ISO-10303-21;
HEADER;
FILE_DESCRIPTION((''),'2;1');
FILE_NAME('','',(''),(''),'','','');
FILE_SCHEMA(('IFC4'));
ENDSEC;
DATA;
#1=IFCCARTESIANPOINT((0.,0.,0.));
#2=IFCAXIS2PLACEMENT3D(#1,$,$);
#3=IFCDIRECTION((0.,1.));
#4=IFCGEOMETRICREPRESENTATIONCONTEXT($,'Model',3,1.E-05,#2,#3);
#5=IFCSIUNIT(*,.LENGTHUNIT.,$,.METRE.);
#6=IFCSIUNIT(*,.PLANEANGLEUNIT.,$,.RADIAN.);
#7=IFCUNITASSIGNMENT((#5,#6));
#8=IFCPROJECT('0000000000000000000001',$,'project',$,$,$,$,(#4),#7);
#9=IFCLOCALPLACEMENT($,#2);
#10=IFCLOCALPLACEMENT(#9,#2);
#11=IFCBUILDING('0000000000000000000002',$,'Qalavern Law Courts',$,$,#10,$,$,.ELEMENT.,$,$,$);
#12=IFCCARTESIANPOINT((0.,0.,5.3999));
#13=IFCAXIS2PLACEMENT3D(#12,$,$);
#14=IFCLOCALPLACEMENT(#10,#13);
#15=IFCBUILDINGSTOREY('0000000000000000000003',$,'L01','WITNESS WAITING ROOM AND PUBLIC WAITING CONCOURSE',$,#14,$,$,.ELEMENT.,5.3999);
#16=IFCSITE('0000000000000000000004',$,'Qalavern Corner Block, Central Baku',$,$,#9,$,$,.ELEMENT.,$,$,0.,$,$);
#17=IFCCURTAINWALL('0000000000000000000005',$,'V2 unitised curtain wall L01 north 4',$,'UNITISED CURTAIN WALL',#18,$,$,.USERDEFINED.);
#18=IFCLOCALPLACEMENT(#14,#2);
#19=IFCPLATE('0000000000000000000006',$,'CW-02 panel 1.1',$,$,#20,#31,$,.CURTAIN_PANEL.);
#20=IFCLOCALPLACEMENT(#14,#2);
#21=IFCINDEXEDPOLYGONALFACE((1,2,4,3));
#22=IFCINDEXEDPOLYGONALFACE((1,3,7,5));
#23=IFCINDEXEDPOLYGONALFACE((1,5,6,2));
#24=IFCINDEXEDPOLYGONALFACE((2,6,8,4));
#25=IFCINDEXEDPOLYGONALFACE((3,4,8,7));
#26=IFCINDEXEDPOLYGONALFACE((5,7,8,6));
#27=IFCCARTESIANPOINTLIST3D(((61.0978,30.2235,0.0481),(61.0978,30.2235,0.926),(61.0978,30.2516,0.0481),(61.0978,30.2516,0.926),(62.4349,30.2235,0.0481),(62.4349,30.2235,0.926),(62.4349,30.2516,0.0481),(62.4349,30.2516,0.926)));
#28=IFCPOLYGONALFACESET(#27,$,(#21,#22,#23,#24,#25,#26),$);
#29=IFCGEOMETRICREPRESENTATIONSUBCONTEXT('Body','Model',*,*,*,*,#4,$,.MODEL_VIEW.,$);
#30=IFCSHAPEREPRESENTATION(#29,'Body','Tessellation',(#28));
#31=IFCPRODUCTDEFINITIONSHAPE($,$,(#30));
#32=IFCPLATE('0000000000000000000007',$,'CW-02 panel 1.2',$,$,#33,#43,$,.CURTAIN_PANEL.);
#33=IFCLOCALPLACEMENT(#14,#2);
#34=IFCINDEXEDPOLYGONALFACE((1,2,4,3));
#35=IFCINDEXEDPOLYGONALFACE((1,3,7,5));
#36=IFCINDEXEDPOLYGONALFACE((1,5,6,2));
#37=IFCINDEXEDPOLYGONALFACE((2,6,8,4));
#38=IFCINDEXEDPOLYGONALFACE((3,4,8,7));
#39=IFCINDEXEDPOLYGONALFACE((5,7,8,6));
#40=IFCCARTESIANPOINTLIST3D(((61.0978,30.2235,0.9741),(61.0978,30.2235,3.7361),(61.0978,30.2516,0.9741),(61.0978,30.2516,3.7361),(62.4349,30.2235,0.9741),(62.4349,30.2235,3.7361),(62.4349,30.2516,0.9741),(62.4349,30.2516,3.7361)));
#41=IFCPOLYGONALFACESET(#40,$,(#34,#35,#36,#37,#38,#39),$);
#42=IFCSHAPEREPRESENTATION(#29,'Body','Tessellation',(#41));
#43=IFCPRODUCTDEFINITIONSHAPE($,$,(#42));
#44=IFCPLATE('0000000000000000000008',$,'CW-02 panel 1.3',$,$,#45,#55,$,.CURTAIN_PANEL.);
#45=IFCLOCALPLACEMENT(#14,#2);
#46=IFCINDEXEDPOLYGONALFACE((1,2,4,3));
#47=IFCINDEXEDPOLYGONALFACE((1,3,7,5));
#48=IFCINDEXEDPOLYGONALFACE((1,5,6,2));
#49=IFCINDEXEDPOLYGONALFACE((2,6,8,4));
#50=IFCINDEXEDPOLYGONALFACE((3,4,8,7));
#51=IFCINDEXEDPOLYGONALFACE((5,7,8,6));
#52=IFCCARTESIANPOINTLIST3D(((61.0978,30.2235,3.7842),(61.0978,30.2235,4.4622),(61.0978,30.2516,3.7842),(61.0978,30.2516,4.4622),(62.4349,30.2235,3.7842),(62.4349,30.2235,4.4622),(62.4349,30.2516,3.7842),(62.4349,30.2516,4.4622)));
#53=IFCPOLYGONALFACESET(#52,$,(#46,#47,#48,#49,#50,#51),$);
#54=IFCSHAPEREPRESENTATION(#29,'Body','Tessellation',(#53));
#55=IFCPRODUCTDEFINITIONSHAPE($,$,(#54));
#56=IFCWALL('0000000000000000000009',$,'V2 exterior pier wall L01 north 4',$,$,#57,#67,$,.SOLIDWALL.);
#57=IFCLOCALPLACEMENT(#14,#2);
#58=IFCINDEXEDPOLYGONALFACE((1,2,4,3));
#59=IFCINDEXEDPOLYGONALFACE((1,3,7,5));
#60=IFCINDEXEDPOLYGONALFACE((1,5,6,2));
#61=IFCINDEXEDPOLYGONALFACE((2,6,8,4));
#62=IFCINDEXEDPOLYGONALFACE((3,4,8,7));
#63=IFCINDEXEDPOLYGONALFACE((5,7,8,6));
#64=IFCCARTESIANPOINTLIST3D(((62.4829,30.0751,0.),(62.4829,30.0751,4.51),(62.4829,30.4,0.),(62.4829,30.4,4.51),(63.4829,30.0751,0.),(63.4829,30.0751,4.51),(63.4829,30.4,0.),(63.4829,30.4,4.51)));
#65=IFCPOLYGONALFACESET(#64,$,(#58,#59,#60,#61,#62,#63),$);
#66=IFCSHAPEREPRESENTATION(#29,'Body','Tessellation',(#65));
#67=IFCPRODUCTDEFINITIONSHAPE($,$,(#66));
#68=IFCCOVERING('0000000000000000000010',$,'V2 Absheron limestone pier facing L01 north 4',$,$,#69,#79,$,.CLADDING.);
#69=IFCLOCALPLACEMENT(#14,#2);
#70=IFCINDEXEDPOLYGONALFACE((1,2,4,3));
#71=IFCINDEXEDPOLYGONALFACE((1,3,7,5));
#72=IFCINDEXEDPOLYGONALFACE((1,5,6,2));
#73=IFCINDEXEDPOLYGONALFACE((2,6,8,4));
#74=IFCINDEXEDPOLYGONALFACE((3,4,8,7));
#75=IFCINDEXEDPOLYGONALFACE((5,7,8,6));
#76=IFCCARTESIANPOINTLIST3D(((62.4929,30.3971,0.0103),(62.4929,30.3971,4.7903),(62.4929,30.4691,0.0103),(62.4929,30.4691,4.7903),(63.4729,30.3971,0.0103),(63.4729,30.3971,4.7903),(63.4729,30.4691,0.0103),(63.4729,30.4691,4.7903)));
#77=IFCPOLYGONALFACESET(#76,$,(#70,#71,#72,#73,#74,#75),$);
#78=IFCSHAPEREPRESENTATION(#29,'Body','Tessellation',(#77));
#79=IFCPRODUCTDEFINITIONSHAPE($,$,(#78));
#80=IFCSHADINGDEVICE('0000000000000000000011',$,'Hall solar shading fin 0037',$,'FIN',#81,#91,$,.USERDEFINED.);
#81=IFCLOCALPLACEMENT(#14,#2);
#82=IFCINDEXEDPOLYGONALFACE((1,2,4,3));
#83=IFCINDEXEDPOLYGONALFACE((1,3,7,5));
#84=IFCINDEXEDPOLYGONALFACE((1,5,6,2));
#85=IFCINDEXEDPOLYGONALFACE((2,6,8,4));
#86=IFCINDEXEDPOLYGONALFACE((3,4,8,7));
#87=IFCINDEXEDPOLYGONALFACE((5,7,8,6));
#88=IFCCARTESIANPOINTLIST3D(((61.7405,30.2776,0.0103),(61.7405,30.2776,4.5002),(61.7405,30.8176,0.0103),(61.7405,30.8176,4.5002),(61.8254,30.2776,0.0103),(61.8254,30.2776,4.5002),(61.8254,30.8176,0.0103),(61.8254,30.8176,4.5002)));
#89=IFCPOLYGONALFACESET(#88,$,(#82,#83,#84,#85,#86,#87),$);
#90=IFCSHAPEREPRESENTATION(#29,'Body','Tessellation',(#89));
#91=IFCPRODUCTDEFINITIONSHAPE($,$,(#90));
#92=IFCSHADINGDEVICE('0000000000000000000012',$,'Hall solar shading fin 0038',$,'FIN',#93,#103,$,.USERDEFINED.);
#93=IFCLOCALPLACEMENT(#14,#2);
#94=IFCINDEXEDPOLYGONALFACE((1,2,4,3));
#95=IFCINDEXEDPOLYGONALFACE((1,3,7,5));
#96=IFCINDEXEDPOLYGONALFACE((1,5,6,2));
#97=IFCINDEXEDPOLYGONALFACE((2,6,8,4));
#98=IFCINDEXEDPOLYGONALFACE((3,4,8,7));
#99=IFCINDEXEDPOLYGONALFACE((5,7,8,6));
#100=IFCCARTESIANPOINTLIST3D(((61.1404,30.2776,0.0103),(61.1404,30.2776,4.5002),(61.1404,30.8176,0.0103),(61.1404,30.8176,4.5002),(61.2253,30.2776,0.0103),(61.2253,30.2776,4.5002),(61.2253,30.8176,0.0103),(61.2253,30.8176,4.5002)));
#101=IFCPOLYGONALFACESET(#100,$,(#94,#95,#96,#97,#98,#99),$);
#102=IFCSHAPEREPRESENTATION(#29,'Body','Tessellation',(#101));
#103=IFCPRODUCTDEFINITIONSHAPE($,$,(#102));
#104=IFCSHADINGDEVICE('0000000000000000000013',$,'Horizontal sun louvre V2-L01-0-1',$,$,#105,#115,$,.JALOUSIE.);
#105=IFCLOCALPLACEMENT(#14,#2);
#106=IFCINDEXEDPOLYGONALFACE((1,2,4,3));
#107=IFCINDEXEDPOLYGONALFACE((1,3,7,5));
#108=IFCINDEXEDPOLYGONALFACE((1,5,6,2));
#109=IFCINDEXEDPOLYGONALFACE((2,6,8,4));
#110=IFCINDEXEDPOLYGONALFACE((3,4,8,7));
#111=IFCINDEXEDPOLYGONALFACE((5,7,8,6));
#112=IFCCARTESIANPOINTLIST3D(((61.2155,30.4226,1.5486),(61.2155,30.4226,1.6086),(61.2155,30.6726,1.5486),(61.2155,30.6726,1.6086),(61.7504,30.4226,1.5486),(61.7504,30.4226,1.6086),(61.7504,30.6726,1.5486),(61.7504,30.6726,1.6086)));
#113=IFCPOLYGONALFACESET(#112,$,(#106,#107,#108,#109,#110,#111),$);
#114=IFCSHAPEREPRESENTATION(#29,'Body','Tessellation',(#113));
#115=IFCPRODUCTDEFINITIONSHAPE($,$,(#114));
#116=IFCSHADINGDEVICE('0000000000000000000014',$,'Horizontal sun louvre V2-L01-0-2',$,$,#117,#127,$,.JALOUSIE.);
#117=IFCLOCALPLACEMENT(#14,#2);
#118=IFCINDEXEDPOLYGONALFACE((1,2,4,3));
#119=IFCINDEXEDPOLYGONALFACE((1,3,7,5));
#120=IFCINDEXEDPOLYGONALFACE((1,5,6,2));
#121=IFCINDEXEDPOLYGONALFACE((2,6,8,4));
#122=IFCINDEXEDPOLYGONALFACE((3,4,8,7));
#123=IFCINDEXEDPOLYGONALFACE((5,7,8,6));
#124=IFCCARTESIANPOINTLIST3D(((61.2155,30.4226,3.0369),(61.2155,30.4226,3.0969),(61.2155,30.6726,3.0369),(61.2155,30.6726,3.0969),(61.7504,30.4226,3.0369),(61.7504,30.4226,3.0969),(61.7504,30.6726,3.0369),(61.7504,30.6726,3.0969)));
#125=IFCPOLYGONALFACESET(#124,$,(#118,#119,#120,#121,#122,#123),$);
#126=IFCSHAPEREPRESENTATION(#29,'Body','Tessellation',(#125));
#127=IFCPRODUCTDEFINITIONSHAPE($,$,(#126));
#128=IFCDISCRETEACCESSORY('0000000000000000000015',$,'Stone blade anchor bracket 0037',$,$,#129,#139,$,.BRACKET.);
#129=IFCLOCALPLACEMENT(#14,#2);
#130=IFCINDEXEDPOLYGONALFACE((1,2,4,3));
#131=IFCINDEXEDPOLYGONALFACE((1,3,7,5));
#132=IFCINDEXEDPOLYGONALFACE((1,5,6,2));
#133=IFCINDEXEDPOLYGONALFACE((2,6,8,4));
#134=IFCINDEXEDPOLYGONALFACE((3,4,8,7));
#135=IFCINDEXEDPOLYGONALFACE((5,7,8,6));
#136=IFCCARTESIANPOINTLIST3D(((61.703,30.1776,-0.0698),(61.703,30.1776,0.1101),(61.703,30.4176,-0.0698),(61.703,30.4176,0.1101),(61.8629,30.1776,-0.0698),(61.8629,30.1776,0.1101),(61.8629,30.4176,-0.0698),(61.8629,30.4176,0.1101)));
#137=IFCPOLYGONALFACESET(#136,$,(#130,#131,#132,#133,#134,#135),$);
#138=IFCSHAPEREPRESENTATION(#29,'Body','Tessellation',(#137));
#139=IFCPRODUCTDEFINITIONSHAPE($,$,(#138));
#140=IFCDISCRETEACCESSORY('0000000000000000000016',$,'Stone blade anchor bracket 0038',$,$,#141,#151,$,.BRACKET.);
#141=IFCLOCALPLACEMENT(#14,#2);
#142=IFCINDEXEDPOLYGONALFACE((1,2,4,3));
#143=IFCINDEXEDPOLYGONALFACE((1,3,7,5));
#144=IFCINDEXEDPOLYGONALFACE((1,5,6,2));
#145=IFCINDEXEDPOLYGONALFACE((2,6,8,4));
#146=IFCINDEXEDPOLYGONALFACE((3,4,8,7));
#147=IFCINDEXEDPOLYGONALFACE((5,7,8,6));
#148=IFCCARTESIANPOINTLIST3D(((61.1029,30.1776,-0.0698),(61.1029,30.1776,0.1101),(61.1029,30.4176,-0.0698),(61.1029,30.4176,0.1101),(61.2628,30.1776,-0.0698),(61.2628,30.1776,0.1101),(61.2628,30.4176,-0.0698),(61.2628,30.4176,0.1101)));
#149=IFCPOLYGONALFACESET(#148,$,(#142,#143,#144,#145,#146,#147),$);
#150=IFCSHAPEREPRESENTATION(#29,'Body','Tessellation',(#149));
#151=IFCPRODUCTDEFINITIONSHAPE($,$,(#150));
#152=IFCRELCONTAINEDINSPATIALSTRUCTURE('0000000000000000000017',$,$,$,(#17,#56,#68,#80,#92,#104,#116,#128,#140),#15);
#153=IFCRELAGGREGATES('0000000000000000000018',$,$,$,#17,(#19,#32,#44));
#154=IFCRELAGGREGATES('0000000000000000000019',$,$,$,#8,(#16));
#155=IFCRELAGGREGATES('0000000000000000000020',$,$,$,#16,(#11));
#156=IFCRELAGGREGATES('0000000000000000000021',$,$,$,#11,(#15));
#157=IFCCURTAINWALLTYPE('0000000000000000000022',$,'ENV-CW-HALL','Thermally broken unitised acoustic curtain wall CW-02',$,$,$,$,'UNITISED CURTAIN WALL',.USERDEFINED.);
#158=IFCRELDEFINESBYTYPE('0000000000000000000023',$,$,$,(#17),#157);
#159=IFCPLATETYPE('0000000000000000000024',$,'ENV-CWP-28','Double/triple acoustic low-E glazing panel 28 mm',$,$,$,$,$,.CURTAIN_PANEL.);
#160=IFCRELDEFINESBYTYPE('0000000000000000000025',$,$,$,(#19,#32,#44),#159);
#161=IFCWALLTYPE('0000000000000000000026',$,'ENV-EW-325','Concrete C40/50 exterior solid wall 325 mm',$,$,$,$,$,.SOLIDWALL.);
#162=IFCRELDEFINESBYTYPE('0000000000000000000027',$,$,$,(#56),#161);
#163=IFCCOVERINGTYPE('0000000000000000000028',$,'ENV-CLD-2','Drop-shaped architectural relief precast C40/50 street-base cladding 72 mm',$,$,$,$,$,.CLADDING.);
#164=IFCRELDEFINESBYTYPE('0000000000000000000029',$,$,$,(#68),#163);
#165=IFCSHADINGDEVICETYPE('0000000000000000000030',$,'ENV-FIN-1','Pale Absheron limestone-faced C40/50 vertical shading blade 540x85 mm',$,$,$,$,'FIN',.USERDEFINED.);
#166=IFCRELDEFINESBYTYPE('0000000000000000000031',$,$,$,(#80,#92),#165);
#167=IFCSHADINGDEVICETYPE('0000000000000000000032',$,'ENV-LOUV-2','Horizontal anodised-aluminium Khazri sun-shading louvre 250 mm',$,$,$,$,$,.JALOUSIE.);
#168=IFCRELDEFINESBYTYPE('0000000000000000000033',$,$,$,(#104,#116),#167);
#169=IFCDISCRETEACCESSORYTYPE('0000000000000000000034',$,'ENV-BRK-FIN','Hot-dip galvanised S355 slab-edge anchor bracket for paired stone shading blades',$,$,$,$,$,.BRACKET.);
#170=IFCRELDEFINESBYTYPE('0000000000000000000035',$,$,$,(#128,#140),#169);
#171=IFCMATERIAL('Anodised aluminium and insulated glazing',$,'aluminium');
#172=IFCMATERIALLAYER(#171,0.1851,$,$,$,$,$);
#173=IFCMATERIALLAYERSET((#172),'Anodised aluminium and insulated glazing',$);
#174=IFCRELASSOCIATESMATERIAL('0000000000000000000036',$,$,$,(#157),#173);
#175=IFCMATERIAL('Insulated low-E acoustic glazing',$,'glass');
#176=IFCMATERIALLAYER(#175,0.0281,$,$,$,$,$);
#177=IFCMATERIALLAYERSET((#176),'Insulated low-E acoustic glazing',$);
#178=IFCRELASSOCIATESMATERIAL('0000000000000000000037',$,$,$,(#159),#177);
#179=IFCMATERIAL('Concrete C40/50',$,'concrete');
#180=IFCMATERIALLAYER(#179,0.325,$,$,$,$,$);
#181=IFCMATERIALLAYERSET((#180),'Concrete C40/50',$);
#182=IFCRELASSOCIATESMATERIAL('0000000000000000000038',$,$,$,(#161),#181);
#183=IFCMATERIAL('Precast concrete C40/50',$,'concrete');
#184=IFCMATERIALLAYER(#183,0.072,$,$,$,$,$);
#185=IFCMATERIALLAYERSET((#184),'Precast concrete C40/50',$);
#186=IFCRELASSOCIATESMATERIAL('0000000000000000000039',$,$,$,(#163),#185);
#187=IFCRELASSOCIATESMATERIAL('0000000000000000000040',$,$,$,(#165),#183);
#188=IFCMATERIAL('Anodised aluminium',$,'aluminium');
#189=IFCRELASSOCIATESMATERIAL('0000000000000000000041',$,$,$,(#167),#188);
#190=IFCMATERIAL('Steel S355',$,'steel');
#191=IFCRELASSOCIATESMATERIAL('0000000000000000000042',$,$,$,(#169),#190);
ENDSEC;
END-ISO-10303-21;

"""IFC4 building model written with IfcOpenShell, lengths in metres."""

from ifc_helpers import new_model, si_unit, direction, frame, frame_2d, origin, origin_2d, place, context, subcontext, project, spatial, rectangle, extrude, material, layer, layer_set, type_object, element, aggregate, save


model = new_model("IFC4")

# Units and contexts
model_context = context("Model", 3, precision=1e-05, world=origin(), true_north=direction((0.0, 1.0)))
body_context = subcontext(model_context, "Body", "Model", "MODEL_VIEW")
ifc_project = project(units=[si_unit("LENGTHUNIT", "METRE"), si_unit("PLANEANGLEUNIT", "RADIAN")], contexts=[model_context])

# Site, building, storey
site_placement = place(None, origin())
site = spatial("IfcSite", under=ifc_project, at=site_placement, Name="Qalavern Corner Block, Central Baku", CompositionType="ELEMENT", RefElevation=0.0)
building_placement = place(site_placement, origin())
building = spatial("IfcBuilding", under=site, at=building_placement, Name="Qalavern Law Courts", CompositionType="ELEMENT")
storey_placement = place(building_placement, frame((0.0, 0.0, 5.3999)))
storey = spatial("IfcBuildingStorey", under=building, at=storey_placement, Name="L01", Description="WITNESS WAITING ROOM AND PUBLIC WAITING CONCOURSE", CompositionType="ELEMENT", Elevation=5.3999)

# Shared definitions
ifc_material_1 = material(Name="Anodised aluminium and insulated glazing", Category="aluminium")
ifc_layer_1 = layer(ifc_material_1, 0.1851)
ifc_layer_set_1 = layer_set([ifc_layer_1], Name="Anodised aluminium and insulated glazing")
curtain_wall_type = type_object("IfcCurtainWallType", Name="ENV-CW-HALL", Description="Thermally broken unitised acoustic curtain wall CW-02", ElementType="UNITISED CURTAIN WALL", PredefinedType="USERDEFINED", material=ifc_layer_set_1)
ifc_material_2 = material(Name="Anodised aluminium", Category="aluminium")

# Curtain wall
curtain_wall_1_placement = place(storey_placement, origin())
curtain_wall_1 = element("IfcCurtainWall", 1, at=curtain_wall_1_placement, inside=storey, type_object=curtain_wall_type, Name="V2 unitised curtain wall L01 north 4", ObjectType="UNITISED CURTAIN WALL", PredefinedType="USERDEFINED")

# Plates
ifc_material_3 = material(Name="Insulated low-E acoustic glazing", Category="glass")
ifc_layer_2 = layer(ifc_material_3, 0.0281)
ifc_layer_set_2 = layer_set([ifc_layer_2], Name="Insulated low-E acoustic glazing")
plate_type_1 = type_object("IfcPlateType", Name="ENV-CWP-28", Description="Double/triple acoustic low-E glazing panel 28 mm", PredefinedType="CURTAIN_PANEL", material=ifc_layer_set_2)
plate_1_placement = place(storey_placement, frame((61.7664, 30.2375, 0.0481), z_axis=(0.0, 0.0, 1.0), x_axis=(-1.0, 0.0, 0.0)))
plate_1 = element("IfcPlate", 2, at=plate_1_placement, type_object=plate_type_1, Name="CW-02 panel 1.1", PredefinedType="CURTAIN_PANEL", context=body_context, shape_type="SweptSolid", body=[
    extrude(rectangle(XDim=1.3372, YDim=0.0281, at=origin_2d()), origin(), (0.0, 0.0, 1.0), 0.8779),
])
plate_2_placement = place(storey_placement, frame((61.7664, 30.2375, 0.9741), z_axis=(0.0, 0.0, 1.0), x_axis=(-1.0, 0.0, 0.0)))
plate_2 = element("IfcPlate", 3, at=plate_2_placement, type_object=plate_type_1, Name="CW-02 panel 1.2", PredefinedType="CURTAIN_PANEL", context=body_context, shape_type="SweptSolid", body=[
    extrude(rectangle(XDim=1.3372, YDim=0.0281, at=origin_2d()), origin(), (0.0, 0.0, 1.0), 2.762),
])
plate_3_placement = place(storey_placement, frame((61.7664, 30.2375, 3.7842), z_axis=(0.0, 0.0, 1.0), x_axis=(-1.0, 0.0, 0.0)))
plate_3 = element("IfcPlate", 4, at=plate_3_placement, type_object=plate_type_1, Name="CW-02 panel 1.3", PredefinedType="CURTAIN_PANEL", context=body_context, shape_type="SweptSolid", body=[
    extrude(rectangle(XDim=1.3372, YDim=0.0281, at=origin_2d()), origin(), (0.0, 0.0, 1.0), 0.678),
])
aggregate(curtain_wall_1, [plate_1, plate_2, plate_3])

# Wall
ifc_material_4 = material(Name="Concrete C40/50", Category="concrete")
ifc_layer_3 = layer(ifc_material_4, 0.325)
ifc_layer_set_3 = layer_set([ifc_layer_3], Name="Concrete C40/50")
wall_type = type_object("IfcWallType", Name="ENV-EW-325", Description="Concrete C40/50 exterior solid wall 325 mm", PredefinedType="SOLIDWALL", material=ifc_layer_set_3)
wall_placement = place(storey_placement, frame((63.4829, 30.2375, 0.0), z_axis=(0.0, 0.0, 1.0), x_axis=(-1.0, 0.0, 0.0)))
element("IfcWall", 5, at=wall_placement, inside=storey, type_object=wall_type, Name="V2 exterior pier wall L01 north 4", PredefinedType="SOLIDWALL", context=body_context, shape_type="SweptSolid", body=[
    extrude(rectangle(XDim=1.0, YDim=0.325, at=frame_2d((0.5, 0.0))), origin(), (0.0, 0.0, 1.0), 4.51),
])

# Covering
ifc_material_5 = material(Name="Precast concrete C40/50", Category="concrete")
ifc_layer_4 = layer(ifc_material_5, 0.072)
ifc_layer_set_4 = layer_set([ifc_layer_4], Name="Precast concrete C40/50")
covering_type = type_object("IfcCoveringType", Name="ENV-CLD-2", Description="Drop-shaped architectural relief precast C40/50 street-base cladding 72 mm", PredefinedType="CLADDING", material=ifc_layer_set_4)
covering_placement = place(storey_placement, frame((62.9829, 30.4331, 0.0103), z_axis=(0.0, 0.0, 1.0), x_axis=(-1.0, 0.0, 0.0)))
element("IfcCovering", 6, at=covering_placement, inside=storey, type_object=covering_type, Name="V2 Absheron limestone pier facing L01 north 4", PredefinedType="CLADDING", context=body_context, shape_type="SweptSolid", body=[
    extrude(rectangle(XDim=0.98, YDim=0.072, at=origin_2d()), origin(), (0.0, 0.0, 1.0), 4.78),
])

# Shading devices
shading_device_type_1 = type_object("IfcShadingDeviceType", Name="ENV-FIN-1", Description="Pale Absheron limestone-faced C40/50 vertical shading blade 540x85 mm", ElementType="FIN", PredefinedType="USERDEFINED", material=ifc_material_5)
for number, where, z_axis, x_axis, name in (
    (7, (61.783, 30.5476, 0.0103), (0.0, 0.0, 1.0), (0.0, 1.0, 0.0), "Hall solar shading fin 0037"),
    (8, (61.1829, 30.5476, 0.0103), (0.0, 0.0, 1.0), (0.0, 1.0, 0.0), "Hall solar shading fin 0038"),
):
    element("IfcShadingDevice", number, at=place(storey_placement, frame(where, z_axis=z_axis, x_axis=x_axis)), inside=storey, type_object=shading_device_type_1, Name=name, ObjectType="FIN", PredefinedType="USERDEFINED", context=body_context, shape_type="SweptSolid", body=[
        extrude(rectangle(XDim=0.54, YDim=0.085, at=origin_2d()), origin(), (0.0, 0.0, 1.0), 4.49),
    ])
shading_device_type_2 = type_object("IfcShadingDeviceType", Name="ENV-LOUV-2", Description="Horizontal anodised-aluminium Khazri sun-shading louvre 250 mm", PredefinedType="JALOUSIE", material=ifc_material_2)
for number, where, z_axis, x_axis, name in (
    (9, (61.4829, 30.5476, 1.5486), (0.0, 0.0, 1.0), (-1.0, 0.0, 0.0), "Horizontal sun louvre V2-L01-0-1"),
    (10, (61.4829, 30.5476, 3.0369), (0.0, 0.0, 1.0), (-1.0, 0.0, 0.0), "Horizontal sun louvre V2-L01-0-2"),
):
    element("IfcShadingDevice", number, at=place(storey_placement, frame(where, z_axis=z_axis, x_axis=x_axis)), inside=storey, type_object=shading_device_type_2, Name=name, PredefinedType="JALOUSIE", context=body_context, shape_type="SweptSolid", body=[
        extrude(rectangle(XDim=0.5349, YDim=0.25, at=origin_2d()), origin(), (0.0, 0.0, 1.0), 0.0601),
    ])

# Discrete accessories
ifc_material_6 = material(Name="Steel S355", Category="steel")
discrete_accessory_type = type_object("IfcDiscreteAccessoryType", Name="ENV-BRK-FIN", Description="Hot-dip galvanised S355 slab-edge anchor bracket for paired stone shading blades", PredefinedType="BRACKET", material=ifc_material_6)
for number, where, z_axis, x_axis, name in (
    (11, (61.783, 30.2976, -0.0698), (0.0, 0.0, 1.0), (0.0, 1.0, 0.0), "Stone blade anchor bracket 0037"),
    (12, (61.1829, 30.2976, -0.0698), (0.0, 0.0, 1.0), (0.0, 1.0, 0.0), "Stone blade anchor bracket 0038"),
):
    element("IfcDiscreteAccessory", number, at=place(storey_placement, frame(where, z_axis=z_axis, x_axis=x_axis)), inside=storey, type_object=discrete_accessory_type, Name=name, PredefinedType="BRACKET", context=body_context, shape_type="SweptSolid", body=[
        extrude(rectangle(XDim=0.24, YDim=0.1599, at=origin_2d()), origin(), (0.0, 0.0, 1.0), 0.1799),
    ])

save(model, "model.ifc")
